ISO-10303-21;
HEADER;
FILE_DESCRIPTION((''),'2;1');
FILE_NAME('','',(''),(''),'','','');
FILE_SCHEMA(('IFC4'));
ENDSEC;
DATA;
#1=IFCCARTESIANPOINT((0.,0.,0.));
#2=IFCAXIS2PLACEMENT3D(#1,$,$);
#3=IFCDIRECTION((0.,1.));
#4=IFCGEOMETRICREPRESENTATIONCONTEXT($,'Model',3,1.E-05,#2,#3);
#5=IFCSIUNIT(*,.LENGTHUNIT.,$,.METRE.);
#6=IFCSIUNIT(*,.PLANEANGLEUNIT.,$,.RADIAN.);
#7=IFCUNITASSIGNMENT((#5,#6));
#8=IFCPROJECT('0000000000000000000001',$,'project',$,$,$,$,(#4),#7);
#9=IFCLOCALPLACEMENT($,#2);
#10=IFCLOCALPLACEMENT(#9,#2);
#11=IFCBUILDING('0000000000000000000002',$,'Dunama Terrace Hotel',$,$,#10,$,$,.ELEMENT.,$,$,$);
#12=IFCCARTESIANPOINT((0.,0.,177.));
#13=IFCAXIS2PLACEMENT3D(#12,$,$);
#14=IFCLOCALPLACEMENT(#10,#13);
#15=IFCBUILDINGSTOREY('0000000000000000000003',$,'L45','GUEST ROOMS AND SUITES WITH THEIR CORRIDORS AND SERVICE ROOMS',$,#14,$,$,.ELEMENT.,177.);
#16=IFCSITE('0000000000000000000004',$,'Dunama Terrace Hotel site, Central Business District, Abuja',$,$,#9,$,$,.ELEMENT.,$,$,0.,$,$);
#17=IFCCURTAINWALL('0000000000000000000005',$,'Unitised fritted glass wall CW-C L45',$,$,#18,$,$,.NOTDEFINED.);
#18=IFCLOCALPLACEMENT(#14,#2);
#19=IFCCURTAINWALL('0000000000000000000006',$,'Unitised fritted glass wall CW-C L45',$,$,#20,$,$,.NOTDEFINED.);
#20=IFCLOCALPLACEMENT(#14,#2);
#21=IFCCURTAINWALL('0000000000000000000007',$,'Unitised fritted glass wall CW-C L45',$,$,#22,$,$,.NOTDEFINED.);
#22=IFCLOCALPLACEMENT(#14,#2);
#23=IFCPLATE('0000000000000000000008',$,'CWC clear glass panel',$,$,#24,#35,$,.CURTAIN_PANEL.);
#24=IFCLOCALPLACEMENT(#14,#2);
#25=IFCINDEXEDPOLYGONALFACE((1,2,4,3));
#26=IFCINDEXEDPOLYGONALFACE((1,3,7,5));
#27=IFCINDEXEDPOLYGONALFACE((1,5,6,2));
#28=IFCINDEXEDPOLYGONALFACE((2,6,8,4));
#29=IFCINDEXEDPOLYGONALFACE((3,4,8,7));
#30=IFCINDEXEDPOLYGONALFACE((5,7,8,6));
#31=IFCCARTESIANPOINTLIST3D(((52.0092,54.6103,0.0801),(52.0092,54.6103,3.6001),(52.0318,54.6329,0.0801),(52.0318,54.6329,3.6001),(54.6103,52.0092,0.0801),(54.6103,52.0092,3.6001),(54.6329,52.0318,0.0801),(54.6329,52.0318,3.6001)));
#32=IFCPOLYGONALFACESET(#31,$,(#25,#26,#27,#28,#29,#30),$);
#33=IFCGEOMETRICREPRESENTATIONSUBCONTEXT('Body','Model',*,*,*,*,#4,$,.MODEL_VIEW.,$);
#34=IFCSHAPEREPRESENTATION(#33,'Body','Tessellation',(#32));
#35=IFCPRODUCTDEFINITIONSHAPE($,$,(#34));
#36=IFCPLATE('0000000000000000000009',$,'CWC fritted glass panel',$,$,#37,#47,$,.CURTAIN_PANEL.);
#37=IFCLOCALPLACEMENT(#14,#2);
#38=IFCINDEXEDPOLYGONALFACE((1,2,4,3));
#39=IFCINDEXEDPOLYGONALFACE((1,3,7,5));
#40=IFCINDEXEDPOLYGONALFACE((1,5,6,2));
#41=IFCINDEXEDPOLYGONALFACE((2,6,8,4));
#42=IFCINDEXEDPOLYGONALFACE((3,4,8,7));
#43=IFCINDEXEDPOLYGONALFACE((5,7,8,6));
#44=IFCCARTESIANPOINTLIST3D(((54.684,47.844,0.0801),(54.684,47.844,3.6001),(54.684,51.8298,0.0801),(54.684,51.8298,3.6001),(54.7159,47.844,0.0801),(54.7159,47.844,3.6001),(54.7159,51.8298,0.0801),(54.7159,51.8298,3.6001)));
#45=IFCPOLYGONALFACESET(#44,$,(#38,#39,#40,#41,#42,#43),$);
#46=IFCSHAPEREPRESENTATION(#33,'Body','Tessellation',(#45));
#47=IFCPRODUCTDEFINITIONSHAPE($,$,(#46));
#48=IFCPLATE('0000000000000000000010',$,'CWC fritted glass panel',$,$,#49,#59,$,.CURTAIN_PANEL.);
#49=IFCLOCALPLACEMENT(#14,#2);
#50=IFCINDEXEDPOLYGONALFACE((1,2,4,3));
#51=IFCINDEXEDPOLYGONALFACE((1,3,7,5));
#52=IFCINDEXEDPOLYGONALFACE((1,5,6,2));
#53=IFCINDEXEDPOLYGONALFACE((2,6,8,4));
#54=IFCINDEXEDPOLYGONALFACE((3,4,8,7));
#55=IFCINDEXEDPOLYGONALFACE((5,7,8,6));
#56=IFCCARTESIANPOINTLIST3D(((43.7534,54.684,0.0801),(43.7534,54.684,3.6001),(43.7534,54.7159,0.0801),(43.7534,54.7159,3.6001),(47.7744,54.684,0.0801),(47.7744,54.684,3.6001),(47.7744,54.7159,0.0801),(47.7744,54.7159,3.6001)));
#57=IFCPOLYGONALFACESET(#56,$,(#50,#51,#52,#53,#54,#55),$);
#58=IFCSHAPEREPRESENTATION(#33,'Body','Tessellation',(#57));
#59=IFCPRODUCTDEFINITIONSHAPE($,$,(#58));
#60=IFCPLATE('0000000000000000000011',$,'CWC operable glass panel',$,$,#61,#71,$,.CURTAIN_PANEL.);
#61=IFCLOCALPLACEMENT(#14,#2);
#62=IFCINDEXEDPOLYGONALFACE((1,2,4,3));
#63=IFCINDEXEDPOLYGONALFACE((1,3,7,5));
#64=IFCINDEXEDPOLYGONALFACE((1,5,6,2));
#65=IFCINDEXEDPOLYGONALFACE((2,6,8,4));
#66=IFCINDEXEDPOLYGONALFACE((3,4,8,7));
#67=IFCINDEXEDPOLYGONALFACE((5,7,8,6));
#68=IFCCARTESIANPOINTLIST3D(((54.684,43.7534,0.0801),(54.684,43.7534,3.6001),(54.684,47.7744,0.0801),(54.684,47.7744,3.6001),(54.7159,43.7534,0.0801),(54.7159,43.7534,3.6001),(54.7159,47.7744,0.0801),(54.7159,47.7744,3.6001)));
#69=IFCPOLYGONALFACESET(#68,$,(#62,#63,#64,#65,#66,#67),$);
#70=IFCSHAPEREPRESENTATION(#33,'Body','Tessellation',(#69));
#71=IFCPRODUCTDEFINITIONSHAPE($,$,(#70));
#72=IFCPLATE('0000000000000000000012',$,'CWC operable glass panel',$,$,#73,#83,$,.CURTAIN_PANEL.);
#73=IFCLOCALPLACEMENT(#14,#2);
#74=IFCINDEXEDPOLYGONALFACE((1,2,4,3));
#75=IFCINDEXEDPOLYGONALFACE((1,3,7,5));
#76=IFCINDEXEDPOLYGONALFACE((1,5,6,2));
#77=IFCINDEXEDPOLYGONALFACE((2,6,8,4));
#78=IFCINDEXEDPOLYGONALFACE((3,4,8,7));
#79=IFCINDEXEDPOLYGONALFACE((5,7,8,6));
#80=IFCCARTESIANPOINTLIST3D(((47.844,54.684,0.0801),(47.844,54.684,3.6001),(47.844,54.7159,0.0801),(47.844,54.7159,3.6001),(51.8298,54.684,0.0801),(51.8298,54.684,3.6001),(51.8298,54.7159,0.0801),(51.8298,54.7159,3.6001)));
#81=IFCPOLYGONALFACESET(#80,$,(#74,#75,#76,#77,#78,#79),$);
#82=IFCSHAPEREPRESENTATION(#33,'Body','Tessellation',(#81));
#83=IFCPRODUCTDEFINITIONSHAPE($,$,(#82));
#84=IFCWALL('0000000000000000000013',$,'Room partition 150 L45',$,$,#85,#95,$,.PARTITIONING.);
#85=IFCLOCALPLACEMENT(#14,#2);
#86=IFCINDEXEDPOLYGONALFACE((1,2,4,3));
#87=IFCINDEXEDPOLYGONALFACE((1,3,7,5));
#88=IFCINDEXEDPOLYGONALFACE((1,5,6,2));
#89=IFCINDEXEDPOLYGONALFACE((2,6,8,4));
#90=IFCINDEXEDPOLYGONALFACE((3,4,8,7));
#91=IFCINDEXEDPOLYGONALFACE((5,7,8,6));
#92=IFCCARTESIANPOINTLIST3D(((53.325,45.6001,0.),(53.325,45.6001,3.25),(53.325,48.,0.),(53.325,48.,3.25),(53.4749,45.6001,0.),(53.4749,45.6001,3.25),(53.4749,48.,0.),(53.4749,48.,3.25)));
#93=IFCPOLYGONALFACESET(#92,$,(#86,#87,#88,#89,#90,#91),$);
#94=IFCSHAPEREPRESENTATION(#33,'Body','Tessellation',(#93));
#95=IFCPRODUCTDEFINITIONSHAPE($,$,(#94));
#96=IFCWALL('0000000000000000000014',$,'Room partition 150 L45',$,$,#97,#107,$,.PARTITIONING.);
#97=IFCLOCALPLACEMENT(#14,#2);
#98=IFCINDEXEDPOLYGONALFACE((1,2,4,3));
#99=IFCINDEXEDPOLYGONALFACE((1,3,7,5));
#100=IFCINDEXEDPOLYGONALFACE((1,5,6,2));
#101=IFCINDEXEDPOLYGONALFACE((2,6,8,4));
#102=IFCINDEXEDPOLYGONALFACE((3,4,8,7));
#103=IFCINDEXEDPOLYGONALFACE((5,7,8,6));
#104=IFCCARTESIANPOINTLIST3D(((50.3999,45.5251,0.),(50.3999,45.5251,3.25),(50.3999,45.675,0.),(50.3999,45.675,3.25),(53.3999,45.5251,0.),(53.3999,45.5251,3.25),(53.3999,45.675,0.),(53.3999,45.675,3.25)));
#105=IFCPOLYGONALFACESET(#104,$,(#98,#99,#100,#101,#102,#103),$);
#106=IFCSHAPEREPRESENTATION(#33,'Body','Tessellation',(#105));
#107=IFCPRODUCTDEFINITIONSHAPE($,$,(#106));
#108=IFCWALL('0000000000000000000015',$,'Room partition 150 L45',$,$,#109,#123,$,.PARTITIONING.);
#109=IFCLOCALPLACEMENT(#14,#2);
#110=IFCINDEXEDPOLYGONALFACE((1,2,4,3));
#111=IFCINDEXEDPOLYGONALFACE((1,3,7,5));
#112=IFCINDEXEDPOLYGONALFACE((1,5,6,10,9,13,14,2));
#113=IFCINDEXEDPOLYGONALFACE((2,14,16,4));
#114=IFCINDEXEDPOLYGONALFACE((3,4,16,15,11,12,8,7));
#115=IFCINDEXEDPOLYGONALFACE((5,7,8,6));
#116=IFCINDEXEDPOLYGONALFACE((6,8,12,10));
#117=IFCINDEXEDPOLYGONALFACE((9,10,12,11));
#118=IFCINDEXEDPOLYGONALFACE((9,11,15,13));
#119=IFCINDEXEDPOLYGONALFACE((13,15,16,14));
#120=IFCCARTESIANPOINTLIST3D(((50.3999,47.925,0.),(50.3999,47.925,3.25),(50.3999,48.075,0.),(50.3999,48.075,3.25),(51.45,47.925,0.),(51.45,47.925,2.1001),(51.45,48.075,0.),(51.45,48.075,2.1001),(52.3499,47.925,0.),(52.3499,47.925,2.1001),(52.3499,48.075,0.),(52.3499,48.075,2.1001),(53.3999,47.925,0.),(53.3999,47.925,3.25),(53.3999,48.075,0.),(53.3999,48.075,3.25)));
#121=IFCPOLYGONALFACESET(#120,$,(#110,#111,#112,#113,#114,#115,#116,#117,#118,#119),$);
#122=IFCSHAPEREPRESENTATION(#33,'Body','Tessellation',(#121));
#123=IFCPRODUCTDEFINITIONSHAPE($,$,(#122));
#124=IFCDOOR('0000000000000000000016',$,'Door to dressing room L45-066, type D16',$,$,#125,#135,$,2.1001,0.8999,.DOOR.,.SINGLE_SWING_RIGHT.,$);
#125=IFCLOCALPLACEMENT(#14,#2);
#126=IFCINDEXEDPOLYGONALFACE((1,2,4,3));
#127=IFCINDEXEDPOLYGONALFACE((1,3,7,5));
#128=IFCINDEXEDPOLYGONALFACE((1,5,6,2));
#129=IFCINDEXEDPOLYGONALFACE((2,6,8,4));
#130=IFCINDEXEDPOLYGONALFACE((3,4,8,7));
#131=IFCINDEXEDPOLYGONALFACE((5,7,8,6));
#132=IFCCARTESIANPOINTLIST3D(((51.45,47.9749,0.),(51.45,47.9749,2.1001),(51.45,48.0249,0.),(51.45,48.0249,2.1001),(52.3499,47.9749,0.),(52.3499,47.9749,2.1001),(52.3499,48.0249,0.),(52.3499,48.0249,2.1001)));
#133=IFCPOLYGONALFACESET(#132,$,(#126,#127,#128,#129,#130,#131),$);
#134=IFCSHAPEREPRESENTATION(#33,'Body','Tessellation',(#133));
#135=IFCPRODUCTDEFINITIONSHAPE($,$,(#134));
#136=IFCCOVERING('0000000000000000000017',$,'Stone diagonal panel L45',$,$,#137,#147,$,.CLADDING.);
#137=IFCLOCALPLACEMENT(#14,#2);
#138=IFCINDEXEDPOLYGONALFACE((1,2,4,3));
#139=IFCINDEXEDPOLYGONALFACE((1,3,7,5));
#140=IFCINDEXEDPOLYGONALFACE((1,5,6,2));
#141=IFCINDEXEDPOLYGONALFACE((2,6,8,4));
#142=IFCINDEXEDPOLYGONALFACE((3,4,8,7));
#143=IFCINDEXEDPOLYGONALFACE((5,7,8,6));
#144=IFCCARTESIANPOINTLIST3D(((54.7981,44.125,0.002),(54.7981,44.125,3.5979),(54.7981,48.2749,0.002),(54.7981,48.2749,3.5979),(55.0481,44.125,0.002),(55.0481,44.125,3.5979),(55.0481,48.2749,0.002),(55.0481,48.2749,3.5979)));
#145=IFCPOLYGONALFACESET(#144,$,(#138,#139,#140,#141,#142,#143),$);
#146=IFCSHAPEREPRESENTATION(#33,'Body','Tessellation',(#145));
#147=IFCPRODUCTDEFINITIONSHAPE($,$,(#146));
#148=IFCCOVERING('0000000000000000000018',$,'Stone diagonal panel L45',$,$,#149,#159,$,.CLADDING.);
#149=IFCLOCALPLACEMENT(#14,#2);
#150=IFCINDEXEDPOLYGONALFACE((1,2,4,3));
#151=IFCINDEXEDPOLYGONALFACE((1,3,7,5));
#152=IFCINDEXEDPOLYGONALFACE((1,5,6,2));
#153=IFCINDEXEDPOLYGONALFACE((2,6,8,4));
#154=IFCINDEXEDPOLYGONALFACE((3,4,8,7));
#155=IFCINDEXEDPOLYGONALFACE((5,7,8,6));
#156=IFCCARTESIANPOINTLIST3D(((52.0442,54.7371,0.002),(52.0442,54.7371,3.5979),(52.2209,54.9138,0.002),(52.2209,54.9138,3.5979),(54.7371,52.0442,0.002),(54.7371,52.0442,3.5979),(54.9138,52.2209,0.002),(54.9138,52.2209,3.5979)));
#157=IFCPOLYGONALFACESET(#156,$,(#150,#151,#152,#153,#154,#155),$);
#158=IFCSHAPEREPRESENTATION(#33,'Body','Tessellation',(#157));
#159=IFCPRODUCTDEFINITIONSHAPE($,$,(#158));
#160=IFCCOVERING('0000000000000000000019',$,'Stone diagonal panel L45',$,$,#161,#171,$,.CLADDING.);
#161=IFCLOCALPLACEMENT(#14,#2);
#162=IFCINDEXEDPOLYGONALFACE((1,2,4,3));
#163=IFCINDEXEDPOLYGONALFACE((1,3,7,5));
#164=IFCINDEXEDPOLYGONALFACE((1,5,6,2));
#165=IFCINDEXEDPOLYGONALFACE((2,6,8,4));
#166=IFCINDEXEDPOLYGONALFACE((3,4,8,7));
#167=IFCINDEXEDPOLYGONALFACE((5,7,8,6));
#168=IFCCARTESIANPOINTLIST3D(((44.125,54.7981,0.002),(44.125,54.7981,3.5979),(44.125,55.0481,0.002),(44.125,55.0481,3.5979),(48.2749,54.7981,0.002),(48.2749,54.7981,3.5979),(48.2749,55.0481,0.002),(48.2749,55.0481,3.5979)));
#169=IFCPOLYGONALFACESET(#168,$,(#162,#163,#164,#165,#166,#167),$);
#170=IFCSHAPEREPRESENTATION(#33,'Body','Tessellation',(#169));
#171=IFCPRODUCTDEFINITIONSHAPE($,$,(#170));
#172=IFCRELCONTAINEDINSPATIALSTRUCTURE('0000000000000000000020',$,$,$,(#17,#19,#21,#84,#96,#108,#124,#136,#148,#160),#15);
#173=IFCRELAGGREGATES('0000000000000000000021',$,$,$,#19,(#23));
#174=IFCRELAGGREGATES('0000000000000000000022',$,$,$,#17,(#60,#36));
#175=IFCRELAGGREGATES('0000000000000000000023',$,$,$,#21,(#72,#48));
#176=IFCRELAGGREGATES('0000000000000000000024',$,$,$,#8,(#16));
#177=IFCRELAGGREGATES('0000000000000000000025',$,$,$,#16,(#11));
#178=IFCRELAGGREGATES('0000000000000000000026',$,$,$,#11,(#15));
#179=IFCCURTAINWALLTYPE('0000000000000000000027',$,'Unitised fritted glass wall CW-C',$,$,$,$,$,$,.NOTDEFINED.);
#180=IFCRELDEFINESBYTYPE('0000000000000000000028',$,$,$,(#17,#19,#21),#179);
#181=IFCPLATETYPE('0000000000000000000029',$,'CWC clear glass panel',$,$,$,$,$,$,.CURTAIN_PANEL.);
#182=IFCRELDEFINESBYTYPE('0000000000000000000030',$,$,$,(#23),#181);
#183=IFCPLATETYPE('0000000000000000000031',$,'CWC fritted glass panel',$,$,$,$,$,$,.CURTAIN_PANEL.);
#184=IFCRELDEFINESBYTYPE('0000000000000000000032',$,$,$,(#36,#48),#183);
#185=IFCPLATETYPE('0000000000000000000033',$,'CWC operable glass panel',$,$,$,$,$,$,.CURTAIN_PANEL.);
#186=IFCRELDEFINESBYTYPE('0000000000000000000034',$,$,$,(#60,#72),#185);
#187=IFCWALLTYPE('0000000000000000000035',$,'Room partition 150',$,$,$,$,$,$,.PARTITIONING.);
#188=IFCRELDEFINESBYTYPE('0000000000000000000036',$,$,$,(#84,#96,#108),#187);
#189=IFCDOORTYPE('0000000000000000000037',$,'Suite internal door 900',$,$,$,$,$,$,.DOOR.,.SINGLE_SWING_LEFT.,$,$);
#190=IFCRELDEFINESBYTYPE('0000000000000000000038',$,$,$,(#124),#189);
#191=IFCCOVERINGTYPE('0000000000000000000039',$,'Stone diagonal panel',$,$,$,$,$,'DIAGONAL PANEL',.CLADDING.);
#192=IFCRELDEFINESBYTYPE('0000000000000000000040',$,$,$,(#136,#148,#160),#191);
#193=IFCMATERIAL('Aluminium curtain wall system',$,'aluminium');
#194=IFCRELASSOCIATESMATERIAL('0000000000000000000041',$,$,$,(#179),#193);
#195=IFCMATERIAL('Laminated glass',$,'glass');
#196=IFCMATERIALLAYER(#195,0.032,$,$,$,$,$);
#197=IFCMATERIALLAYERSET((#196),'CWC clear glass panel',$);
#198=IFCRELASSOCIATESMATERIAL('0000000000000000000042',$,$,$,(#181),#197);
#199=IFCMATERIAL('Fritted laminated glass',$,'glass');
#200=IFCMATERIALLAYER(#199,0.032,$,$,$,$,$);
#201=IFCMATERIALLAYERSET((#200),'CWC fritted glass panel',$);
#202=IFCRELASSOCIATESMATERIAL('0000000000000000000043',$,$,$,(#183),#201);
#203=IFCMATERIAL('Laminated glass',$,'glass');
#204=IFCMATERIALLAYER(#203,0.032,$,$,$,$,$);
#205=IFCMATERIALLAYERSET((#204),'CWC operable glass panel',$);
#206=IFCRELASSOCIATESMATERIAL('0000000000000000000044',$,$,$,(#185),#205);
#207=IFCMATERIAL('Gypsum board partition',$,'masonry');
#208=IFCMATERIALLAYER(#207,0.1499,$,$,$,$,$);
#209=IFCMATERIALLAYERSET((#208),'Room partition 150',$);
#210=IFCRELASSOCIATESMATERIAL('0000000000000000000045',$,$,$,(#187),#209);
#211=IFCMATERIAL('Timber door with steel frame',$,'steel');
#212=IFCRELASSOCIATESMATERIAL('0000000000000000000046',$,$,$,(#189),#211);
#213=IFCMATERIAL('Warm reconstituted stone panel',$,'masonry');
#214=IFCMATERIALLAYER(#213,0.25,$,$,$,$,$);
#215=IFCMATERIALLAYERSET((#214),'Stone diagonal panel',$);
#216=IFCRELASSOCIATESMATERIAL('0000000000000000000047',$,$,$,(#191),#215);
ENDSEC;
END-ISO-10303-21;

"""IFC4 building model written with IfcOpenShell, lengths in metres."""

from ifc_helpers import new_model, si_unit, direction, frame, frame_2d, origin, origin_2d, place, context, subcontext, project, spatial, rectangle, extrude, material, layer, layer_set, type_object, element, fill, aggregate, save


model = new_model("IFC4")

# Units and contexts
model_context = context("Model", 3, precision=1e-05, world=origin(), true_north=direction((0.0, 1.0)))
body_context = subcontext(model_context, "Body", "Model", "MODEL_VIEW")
ifc_project = project(units=[si_unit("LENGTHUNIT", "METRE"), si_unit("PLANEANGLEUNIT", "RADIAN")], contexts=[model_context])

# Site, building, storey
site_placement = place(None, origin())
site = spatial("IfcSite", under=ifc_project, at=site_placement, Name="Dunama Terrace Hotel site, Central Business District, Abuja", CompositionType="ELEMENT", RefElevation=0.0)
building_placement = place(site_placement, origin())
building = spatial("IfcBuilding", under=site, at=building_placement, Name="Dunama Terrace Hotel", CompositionType="ELEMENT")
storey_placement = place(building_placement, frame((0.0, 0.0, 177.0)))
storey = spatial("IfcBuildingStorey", under=building, at=storey_placement, Name="L45", Description="GUEST ROOMS AND SUITES WITH THEIR CORRIDORS AND SERVICE ROOMS", CompositionType="ELEMENT", Elevation=177.0)

# Curtain walls
ifc_material_1 = material(Name="Aluminium curtain wall system", Category="aluminium")
curtain_wall_type = type_object("IfcCurtainWallType", Name="Unitised fritted glass wall CW-C", PredefinedType="NOTDEFINED", material=ifc_material_1)
curtain_wall_1_placement = place(storey_placement, origin())
curtain_wall_1 = element("IfcCurtainWall", 1, at=curtain_wall_1_placement, inside=storey, type_object=curtain_wall_type, Name="Unitised fritted glass wall CW-C L45", PredefinedType="NOTDEFINED")
curtain_wall_2_placement = place(storey_placement, origin())
curtain_wall_2 = element("IfcCurtainWall", 2, at=curtain_wall_2_placement, inside=storey, type_object=curtain_wall_type, Name="Unitised fritted glass wall CW-C L45", PredefinedType="NOTDEFINED")
curtain_wall_3_placement = place(storey_placement, origin())
curtain_wall_3 = element("IfcCurtainWall", 3, at=curtain_wall_3_placement, inside=storey, type_object=curtain_wall_type, Name="Unitised fritted glass wall CW-C L45", PredefinedType="NOTDEFINED")

# Plates
ifc_material_2 = material(Name="Laminated glass", Category="glass")
ifc_layer_1 = layer(ifc_material_2, 0.032)
ifc_layer_set_1 = layer_set([ifc_layer_1], Name="CWC clear glass panel")
plate_type_1 = type_object("IfcPlateType", Name="CWC clear glass panel", PredefinedType="CURTAIN_PANEL", material=ifc_layer_set_1)
plate_1_placement = place(storey_placement, frame((53.321, 53.321, 0.0801), z_axis=(0.0, 0.0, 1.0), x_axis=(-0.707107, 0.707107, 0.0)))
plate_1 = element("IfcPlate", 4, at=plate_1_placement, type_object=plate_type_1, Name="CWC clear glass panel", PredefinedType="CURTAIN_PANEL", context=body_context, shape_type="SweptSolid", body=[
    extrude(rectangle(XDim=3.6785, YDim=0.032, at=origin_2d()), origin(), (0.0, 0.0, 1.0), 3.52),
])
aggregate(curtain_wall_2, [plate_1])
ifc_material_3 = material(Name="Fritted laminated glass", Category="glass")
ifc_layer_2 = layer(ifc_material_3, 0.032)
ifc_layer_set_2 = layer_set([ifc_layer_2], Name="CWC fritted glass panel")
plate_type_2 = type_object("IfcPlateType", Name="CWC fritted glass panel", PredefinedType="CURTAIN_PANEL", material=ifc_layer_set_2)
plate_2_placement = place(storey_placement, frame((54.7, 49.8369, 0.0801), z_axis=(0.0, 0.0, 1.0), x_axis=(0.0, 1.0, 0.0)))
plate_2 = element("IfcPlate", 5, at=plate_2_placement, type_object=plate_type_2, Name="CWC fritted glass panel", PredefinedType="CURTAIN_PANEL", context=body_context, shape_type="SweptSolid", body=[
    extrude(rectangle(XDim=3.9858, YDim=0.032, at=origin_2d()), origin(), (0.0, 0.0, 1.0), 3.52),
])
plate_3_placement = place(storey_placement, frame((45.7639, 54.7, 0.0801), z_axis=(0.0, 0.0, 1.0), x_axis=(-1.0, 0.0, 0.0)))
plate_3 = element("IfcPlate", 6, at=plate_3_placement, type_object=plate_type_2, Name="CWC fritted glass panel", PredefinedType="CURTAIN_PANEL", context=body_context, shape_type="SweptSolid", body=[
    extrude(rectangle(XDim=4.021, YDim=0.032, at=origin_2d()), origin(), (0.0, 0.0, 1.0), 3.52),
])
ifc_material_4 = material(Name="Laminated glass", Category="glass")
ifc_layer_3 = layer(ifc_material_4, 0.032)
ifc_layer_set_3 = layer_set([ifc_layer_3], Name="CWC operable glass panel")
plate_type_3 = type_object("IfcPlateType", Name="CWC operable glass panel", PredefinedType="CURTAIN_PANEL", material=ifc_layer_set_3)
plate_4_placement = place(storey_placement, frame((54.7, 45.7639, 0.0801), z_axis=(0.0, 0.0, 1.0), x_axis=(0.0, 1.0, 0.0)))
plate_4 = element("IfcPlate", 7, at=plate_4_placement, type_object=plate_type_3, Name="CWC operable glass panel", PredefinedType="CURTAIN_PANEL", context=body_context, shape_type="SweptSolid", body=[
    extrude(rectangle(XDim=4.021, YDim=0.032, at=origin_2d()), origin(), (0.0, 0.0, 1.0), 3.52),
])
aggregate(curtain_wall_1, [plate_4, plate_2])
plate_5_placement = place(storey_placement, frame((49.8369, 54.7, 0.0801), z_axis=(0.0, 0.0, 1.0), x_axis=(-1.0, 0.0, 0.0)))
plate_5 = element("IfcPlate", 8, at=plate_5_placement, type_object=plate_type_3, Name="CWC operable glass panel", PredefinedType="CURTAIN_PANEL", context=body_context, shape_type="SweptSolid", body=[
    extrude(rectangle(XDim=3.9858, YDim=0.032, at=origin_2d()), origin(), (0.0, 0.0, 1.0), 3.52),
])
aggregate(curtain_wall_3, [plate_5, plate_3])

# Walls
ifc_material_5 = material(Name="Gypsum board partition", Category="masonry")
ifc_layer_4 = layer(ifc_material_5, 0.1499)
ifc_layer_set_4 = layer_set([ifc_layer_4], Name="Room partition 150")
wall_type = type_object("IfcWallType", Name="Room partition 150", PredefinedType="PARTITIONING", material=ifc_layer_set_4)
wall_1_placement = place(storey_placement, frame((53.3999, 45.6001, 0.0), z_axis=(0.0, 0.0, 1.0), x_axis=(0.0, 1.0, 0.0)))
element("IfcWall", 9, at=wall_1_placement, inside=storey, type_object=wall_type, Name="Room partition 150 L45", PredefinedType="PARTITIONING", context=body_context, shape_type="SweptSolid", body=[
    extrude(rectangle(XDim=2.3999, YDim=0.1499, at=frame_2d((1.2, 0.0))), origin(), (0.0, 0.0, 1.0), 3.25),
])
wall_2_placement = place(storey_placement, frame((50.3999, 45.6001, 0.0), z_axis=(0.0, 0.0, 1.0), x_axis=(1.0, 0.0, 0.0)))
element("IfcWall", 10, at=wall_2_placement, inside=storey, type_object=wall_type, Name="Room partition 150 L45", PredefinedType="PARTITIONING", context=body_context, shape_type="SweptSolid", body=[
    extrude(rectangle(XDim=3.0, YDim=0.1499, at=frame_2d((1.5, 0.0))), origin(), (0.0, 0.0, 1.0), 3.25),
])

# Wall, opening, door
wall_3_placement = place(storey_placement, frame((50.3999, 48.0, 0.0), z_axis=(0.0, 0.0, 1.0), x_axis=(1.0, 0.0, 0.0)))
wall_3 = element("IfcWall", 11, at=wall_3_placement, inside=storey, type_object=wall_type, Name="Room partition 150 L45", PredefinedType="PARTITIONING", context=body_context, shape_type="SweptSolid", body=[
    extrude(rectangle(XDim=3.0, YDim=0.1499, at=frame_2d((1.5, 0.0))), origin(), (0.0, 0.0, 1.0), 3.25),
])
opening_placement = place(wall_3_placement, frame((1.05, 0.0, 0.0)))
opening = element("IfcOpeningElement", 12, at=opening_placement, cuts=wall_3, PredefinedType="OPENING", context=body_context, shape_type="SweptSolid", body=[
    extrude(rectangle(XDim=0.8999, YDim=2.1001, at=frame_2d((0.45, 1.05))), frame((0.0, 0.085, 0.0), z_axis=(0.0, -1.0, 0.0), x_axis=(1.0, 0.0, 0.0)), (0.0, 0.0, 1.0), 0.1699),
])
ifc_material_6 = material(Name="Timber door with steel frame", Category="steel")
door_type = type_object("IfcDoorType", Name="Suite internal door 900", OperationType="SINGLE_SWING_LEFT", PredefinedType="DOOR", material=ifc_material_6)
door_placement = place(opening_placement, frame((0.8999, 0.0, 0.0), z_axis=(0.0, 0.0, 1.0), x_axis=(-1.0, 0.0, 0.0)))
door = element("IfcDoor", 13, at=door_placement, inside=storey, type_object=door_type, Name="Door to dressing room L45-066, type D16", OperationType="SINGLE_SWING_RIGHT", OverallHeight=2.1001, OverallWidth=0.8999, PredefinedType="DOOR", context=body_context, shape_type="SweptSolid", body=[
    extrude(rectangle(XDim=0.8999, YDim=2.1001, at=frame_2d((0.45, 1.05))), frame((0.0, 0.0251, 0.0), z_axis=(0.0, -1.0, 0.0), x_axis=(1.0, 0.0, 0.0)), (0.0, 0.0, 1.0), 0.05),
])
fill(opening, door)

# Coverings
ifc_material_7 = material(Name="Warm reconstituted stone panel", Category="masonry")
ifc_layer_5 = layer(ifc_material_7, 0.25)
ifc_layer_set_5 = layer_set([ifc_layer_5], Name="Stone diagonal panel")
covering_type = type_object("IfcCoveringType", Name="Stone diagonal panel", ElementType="DIAGONAL PANEL", PredefinedType="CLADDING", material=ifc_layer_set_5)
covering_1_placement = place(storey_placement, frame((54.9231, 46.2, 0.002), z_axis=(0.0, 0.0, 1.0), x_axis=(0.0, 1.0, 0.0)))
element("IfcCovering", 14, at=covering_1_placement, inside=storey, type_object=covering_type, Name="Stone diagonal panel L45", PredefinedType="CLADDING", context=body_context, shape_type="SweptSolid", body=[
    extrude(rectangle(XDim=4.1499, YDim=0.25, at=origin_2d()), origin(), (0.0, 0.0, 1.0), 3.5959),
])
covering_2_placement = place(storey_placement, frame((53.479, 53.479, 0.002), z_axis=(0.0, 0.0, 1.0), x_axis=(-0.707107, 0.707107, 0.0)))
element("IfcCovering", 15, at=covering_2_placement, inside=storey, type_object=covering_type, Name="Stone diagonal panel L45", PredefinedType="CLADDING", context=body_context, shape_type="SweptSolid", body=[
    extrude(rectangle(XDim=3.8083, YDim=0.25, at=origin_2d()), origin(), (0.0, 0.0, 1.0), 3.5959),
])
covering_3_placement = place(storey_placement, frame((46.2, 54.9231, 0.002), z_axis=(0.0, 0.0, 1.0), x_axis=(-1.0, 0.0, 0.0)))
element("IfcCovering", 16, at=covering_3_placement, inside=storey, type_object=covering_type, Name="Stone diagonal panel L45", PredefinedType="CLADDING", context=body_context, shape_type="SweptSolid", body=[
    extrude(rectangle(XDim=4.1499, YDim=0.25, at=origin_2d()), origin(), (0.0, 0.0, 1.0), 3.5959),
])

save(model, "model.ifc")
